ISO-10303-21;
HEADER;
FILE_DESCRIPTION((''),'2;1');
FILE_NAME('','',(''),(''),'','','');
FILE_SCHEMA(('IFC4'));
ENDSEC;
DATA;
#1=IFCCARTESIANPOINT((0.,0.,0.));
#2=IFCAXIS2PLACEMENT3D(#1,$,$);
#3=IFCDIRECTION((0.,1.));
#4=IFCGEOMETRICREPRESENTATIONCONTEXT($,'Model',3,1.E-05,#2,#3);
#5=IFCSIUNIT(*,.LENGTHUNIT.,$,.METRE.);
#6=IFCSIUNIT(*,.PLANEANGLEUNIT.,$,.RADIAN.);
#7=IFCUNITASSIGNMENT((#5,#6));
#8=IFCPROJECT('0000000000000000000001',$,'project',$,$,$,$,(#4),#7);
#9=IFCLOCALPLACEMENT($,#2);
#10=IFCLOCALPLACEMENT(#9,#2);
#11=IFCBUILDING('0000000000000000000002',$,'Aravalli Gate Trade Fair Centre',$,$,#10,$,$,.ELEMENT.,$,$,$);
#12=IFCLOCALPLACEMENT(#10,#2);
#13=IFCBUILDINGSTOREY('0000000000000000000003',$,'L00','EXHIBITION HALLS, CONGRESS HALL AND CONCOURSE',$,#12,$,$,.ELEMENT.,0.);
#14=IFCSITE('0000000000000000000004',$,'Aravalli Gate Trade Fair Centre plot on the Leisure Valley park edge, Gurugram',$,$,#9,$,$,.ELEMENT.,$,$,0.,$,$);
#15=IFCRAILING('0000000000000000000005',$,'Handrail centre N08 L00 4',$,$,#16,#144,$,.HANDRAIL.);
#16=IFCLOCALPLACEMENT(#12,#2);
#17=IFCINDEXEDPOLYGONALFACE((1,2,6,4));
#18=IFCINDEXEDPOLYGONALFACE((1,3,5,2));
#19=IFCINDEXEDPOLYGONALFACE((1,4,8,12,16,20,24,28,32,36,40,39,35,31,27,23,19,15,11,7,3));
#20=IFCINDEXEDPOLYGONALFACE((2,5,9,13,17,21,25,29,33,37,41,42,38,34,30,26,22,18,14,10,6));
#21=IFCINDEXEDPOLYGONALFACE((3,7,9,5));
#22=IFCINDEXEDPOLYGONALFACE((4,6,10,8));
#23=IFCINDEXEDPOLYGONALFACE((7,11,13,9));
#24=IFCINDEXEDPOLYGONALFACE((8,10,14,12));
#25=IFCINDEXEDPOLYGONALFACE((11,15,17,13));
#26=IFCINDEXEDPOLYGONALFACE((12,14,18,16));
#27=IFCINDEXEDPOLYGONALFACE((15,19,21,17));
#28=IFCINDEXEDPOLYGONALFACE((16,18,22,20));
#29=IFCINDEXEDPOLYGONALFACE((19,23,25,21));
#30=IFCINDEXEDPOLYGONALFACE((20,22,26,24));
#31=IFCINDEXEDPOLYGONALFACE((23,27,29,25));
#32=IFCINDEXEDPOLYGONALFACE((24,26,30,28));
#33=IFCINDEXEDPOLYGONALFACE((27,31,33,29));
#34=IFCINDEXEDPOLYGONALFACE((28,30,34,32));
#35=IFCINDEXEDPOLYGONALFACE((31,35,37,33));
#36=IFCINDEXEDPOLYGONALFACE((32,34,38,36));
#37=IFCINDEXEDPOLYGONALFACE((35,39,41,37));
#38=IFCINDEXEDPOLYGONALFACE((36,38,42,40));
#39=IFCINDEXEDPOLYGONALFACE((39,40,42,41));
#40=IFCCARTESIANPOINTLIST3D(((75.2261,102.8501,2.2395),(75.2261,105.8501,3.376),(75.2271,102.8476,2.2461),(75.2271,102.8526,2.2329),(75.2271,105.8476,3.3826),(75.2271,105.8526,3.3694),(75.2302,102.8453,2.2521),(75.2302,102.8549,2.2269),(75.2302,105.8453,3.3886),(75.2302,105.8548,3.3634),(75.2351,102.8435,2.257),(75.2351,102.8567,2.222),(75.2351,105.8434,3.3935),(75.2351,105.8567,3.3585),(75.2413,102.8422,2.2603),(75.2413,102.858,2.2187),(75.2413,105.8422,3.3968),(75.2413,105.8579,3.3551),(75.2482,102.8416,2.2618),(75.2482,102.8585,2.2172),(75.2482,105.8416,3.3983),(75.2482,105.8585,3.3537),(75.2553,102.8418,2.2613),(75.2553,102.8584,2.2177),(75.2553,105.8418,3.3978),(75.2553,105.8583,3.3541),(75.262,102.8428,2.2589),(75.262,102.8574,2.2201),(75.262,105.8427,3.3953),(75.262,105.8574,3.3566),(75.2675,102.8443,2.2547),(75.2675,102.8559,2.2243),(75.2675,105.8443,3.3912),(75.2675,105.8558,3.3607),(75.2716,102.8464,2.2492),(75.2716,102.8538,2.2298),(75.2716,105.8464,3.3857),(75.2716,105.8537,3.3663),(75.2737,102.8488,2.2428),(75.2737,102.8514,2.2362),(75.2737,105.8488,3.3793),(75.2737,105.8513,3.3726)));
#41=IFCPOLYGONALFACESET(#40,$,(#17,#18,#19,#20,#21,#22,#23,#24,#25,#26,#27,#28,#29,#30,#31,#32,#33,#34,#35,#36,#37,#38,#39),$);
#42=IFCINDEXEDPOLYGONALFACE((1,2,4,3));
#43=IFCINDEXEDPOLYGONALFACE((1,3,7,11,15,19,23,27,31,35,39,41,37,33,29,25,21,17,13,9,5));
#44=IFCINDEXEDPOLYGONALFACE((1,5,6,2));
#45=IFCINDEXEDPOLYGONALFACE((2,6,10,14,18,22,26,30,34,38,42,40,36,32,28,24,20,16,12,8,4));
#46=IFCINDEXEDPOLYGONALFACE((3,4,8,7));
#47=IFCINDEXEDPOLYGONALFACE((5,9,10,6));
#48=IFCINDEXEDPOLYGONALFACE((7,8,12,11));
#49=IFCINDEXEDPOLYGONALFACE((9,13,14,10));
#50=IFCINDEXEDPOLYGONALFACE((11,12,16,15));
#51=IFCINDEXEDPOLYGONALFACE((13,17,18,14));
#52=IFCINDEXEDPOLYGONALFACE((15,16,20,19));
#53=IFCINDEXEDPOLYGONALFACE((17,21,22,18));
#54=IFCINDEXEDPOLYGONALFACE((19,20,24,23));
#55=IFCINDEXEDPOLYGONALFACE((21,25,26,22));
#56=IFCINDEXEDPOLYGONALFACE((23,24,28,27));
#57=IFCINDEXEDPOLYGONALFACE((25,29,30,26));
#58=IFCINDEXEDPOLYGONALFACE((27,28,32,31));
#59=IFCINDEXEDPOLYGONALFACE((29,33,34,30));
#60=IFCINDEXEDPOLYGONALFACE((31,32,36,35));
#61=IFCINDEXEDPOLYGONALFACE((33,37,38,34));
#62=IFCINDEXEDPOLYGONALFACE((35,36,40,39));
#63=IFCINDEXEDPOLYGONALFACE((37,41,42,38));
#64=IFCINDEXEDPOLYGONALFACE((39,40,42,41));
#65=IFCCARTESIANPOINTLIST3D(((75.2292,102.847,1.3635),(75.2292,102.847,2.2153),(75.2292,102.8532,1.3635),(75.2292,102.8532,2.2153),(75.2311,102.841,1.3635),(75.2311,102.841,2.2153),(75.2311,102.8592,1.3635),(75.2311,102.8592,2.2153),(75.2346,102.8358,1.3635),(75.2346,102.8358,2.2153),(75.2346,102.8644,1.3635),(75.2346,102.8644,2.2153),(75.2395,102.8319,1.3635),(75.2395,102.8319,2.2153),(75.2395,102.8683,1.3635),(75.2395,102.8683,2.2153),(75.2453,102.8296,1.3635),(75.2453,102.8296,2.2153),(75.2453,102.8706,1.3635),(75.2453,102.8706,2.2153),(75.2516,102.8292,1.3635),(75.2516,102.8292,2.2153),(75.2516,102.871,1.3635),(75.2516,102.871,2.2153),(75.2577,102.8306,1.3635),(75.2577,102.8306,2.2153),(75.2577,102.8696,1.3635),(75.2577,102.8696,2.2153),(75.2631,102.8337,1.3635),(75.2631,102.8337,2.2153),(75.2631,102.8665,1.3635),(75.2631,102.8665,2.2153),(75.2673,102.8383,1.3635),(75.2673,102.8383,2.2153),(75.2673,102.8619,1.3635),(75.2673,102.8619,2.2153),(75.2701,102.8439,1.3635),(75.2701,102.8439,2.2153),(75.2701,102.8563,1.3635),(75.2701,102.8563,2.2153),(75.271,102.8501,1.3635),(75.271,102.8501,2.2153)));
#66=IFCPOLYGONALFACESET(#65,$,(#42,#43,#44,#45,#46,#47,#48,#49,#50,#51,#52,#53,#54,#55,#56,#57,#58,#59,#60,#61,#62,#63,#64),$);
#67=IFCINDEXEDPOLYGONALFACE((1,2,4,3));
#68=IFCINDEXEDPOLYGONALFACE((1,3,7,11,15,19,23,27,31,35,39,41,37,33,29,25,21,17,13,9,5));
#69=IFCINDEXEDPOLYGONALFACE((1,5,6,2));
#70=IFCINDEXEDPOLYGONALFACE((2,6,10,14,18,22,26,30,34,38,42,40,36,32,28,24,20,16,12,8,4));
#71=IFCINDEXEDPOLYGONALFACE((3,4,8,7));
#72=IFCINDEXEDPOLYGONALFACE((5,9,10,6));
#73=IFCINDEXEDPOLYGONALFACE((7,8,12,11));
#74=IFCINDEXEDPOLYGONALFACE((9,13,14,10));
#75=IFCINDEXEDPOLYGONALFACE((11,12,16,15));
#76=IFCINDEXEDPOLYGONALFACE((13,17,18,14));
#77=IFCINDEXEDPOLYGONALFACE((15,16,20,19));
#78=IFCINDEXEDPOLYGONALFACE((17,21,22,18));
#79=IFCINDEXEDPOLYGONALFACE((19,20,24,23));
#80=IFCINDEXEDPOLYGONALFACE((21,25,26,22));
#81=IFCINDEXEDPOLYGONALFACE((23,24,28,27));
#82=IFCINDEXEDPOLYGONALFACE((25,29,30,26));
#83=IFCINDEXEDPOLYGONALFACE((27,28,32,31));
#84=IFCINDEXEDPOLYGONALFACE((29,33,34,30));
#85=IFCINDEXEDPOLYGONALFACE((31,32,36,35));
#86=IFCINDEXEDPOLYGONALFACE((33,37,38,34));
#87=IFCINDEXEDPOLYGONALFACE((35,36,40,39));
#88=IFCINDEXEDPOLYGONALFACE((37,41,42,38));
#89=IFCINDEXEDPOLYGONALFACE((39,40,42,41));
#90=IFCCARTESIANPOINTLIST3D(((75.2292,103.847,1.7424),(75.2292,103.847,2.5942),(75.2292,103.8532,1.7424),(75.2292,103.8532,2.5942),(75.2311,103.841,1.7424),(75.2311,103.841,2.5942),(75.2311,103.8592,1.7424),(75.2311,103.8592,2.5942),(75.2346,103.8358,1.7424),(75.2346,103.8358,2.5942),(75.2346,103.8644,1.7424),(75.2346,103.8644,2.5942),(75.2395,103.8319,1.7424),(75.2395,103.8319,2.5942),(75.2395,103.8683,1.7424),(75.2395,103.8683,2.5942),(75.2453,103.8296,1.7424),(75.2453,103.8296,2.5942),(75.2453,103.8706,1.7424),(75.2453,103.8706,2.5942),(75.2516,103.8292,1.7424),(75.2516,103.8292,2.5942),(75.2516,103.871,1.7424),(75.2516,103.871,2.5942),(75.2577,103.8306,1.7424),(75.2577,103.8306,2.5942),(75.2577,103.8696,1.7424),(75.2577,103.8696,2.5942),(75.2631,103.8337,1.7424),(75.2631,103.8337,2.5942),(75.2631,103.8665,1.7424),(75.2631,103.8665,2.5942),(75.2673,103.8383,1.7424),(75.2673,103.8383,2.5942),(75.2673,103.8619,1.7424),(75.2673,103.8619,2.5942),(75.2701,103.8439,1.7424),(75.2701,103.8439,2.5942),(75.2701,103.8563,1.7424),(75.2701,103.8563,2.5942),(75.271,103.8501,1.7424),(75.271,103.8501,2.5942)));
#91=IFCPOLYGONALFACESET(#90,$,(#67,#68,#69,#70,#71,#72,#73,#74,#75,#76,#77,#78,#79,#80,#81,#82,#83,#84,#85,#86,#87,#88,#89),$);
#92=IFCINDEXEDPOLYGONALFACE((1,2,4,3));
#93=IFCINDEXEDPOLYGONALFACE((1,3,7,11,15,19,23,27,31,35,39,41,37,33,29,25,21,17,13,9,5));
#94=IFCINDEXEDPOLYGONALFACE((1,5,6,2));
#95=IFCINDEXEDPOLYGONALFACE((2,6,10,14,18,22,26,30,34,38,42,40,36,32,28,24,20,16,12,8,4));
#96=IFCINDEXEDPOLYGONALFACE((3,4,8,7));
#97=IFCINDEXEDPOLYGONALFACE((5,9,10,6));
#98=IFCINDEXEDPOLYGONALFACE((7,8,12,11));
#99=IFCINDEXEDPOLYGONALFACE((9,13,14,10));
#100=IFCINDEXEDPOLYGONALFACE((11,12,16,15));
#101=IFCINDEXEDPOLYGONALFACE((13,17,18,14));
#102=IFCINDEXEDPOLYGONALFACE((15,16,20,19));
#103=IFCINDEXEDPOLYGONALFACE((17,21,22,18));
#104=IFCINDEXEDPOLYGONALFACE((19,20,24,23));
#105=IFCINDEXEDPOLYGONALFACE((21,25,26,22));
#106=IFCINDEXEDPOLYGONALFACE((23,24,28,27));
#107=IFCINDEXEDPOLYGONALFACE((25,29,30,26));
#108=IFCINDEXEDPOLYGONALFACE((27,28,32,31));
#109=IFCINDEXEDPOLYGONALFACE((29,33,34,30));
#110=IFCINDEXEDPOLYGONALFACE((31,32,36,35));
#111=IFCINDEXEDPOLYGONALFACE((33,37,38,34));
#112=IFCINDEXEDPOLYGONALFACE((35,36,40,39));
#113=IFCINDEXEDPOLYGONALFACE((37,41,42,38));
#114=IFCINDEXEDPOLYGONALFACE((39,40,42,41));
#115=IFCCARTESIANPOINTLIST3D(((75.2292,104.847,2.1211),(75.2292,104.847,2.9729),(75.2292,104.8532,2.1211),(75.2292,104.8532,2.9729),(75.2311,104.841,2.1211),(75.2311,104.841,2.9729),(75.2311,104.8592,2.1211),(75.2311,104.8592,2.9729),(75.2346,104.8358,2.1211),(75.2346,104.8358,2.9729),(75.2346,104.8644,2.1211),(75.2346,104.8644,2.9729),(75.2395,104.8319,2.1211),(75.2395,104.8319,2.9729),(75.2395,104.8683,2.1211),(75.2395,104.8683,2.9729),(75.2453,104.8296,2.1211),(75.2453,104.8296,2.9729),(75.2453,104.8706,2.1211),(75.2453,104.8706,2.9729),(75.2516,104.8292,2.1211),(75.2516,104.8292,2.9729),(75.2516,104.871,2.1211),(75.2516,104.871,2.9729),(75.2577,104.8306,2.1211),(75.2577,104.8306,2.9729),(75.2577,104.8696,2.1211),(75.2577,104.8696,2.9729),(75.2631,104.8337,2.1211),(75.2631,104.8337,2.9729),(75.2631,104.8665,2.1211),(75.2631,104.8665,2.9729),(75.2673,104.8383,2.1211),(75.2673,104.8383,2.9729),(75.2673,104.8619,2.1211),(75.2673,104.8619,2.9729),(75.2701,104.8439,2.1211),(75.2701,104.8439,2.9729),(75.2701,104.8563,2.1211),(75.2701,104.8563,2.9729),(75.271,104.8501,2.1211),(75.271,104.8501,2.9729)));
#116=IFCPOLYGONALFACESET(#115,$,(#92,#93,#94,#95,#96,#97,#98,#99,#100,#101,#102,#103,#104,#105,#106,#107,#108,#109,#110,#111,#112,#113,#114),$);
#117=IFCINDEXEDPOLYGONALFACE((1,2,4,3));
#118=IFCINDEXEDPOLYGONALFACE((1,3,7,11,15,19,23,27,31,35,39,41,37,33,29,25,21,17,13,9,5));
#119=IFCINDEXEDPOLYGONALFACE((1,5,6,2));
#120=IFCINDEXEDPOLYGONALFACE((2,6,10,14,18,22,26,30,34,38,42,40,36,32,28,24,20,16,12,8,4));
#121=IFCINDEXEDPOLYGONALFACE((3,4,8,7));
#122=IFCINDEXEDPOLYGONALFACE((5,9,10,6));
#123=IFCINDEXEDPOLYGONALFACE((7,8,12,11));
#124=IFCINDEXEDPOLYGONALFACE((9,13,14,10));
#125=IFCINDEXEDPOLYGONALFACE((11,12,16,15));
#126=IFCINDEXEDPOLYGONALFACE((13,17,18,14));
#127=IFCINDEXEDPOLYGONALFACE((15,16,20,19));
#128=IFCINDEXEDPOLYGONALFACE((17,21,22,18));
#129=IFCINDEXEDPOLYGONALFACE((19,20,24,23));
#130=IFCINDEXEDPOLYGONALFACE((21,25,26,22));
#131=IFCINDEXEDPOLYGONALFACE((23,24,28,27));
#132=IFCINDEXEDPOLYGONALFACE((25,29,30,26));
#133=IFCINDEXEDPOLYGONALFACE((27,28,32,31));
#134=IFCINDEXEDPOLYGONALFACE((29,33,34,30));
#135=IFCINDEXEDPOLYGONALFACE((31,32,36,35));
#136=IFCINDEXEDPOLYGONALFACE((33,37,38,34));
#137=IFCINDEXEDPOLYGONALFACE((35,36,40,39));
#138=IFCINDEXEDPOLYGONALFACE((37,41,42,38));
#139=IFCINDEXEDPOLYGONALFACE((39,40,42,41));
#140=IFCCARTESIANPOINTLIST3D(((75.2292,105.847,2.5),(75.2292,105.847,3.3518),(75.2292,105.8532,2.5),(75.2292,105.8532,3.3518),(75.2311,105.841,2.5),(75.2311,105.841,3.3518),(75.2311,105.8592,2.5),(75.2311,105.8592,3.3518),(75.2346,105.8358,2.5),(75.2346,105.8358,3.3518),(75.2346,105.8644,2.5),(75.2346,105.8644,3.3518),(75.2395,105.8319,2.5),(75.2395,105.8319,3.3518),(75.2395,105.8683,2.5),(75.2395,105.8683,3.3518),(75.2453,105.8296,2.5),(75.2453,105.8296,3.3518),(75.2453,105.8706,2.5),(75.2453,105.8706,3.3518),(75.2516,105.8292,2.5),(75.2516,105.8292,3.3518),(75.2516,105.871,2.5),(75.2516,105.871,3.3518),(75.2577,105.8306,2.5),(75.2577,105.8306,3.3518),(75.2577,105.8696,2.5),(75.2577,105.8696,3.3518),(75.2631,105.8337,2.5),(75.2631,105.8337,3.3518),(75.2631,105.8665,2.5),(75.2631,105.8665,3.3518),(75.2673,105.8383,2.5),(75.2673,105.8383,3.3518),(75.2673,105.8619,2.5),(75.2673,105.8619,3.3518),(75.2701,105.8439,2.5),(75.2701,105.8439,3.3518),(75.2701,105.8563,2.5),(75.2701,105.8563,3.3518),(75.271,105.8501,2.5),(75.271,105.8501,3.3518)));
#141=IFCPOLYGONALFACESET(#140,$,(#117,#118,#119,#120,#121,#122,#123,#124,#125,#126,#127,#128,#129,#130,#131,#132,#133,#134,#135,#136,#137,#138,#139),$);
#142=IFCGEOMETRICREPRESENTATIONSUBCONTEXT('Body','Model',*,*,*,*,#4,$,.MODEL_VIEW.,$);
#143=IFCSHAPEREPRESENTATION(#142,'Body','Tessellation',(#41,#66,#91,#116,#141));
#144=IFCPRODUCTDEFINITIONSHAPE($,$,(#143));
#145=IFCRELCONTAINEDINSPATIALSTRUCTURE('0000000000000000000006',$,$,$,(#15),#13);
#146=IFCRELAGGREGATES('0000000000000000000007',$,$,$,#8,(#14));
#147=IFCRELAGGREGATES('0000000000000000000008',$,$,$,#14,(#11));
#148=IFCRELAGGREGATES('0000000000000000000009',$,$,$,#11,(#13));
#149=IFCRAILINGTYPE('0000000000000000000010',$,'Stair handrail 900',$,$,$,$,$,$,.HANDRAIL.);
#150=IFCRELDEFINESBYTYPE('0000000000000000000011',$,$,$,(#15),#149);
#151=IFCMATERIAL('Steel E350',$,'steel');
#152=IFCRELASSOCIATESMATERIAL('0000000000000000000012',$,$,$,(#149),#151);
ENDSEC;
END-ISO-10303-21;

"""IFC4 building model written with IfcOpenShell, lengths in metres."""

from ifc_helpers import new_model, si_unit, direction, frame, origin, origin_2d, place, context, subcontext, project, spatial, circle, extrude, material, type_object, element, save


model = new_model("IFC4")

# Units and contexts
model_context = context("Model", 3, precision=1e-05, world=origin(), true_north=direction((0.0, 1.0)))
body_context = subcontext(model_context, "Body", "Model", "MODEL_VIEW")
ifc_project = project(units=[si_unit("LENGTHUNIT", "METRE"), si_unit("PLANEANGLEUNIT", "RADIAN")], contexts=[model_context])

# Site, building, storey
site_placement = place(None, origin())
site = spatial("IfcSite", under=ifc_project, at=site_placement, Name="Aravalli Gate Trade Fair Centre plot on the Leisure Valley park edge, Gurugram", CompositionType="ELEMENT", RefElevation=0.0)
building_placement = place(site_placement, origin())
building = spatial("IfcBuilding", under=site, at=building_placement, Name="Aravalli Gate Trade Fair Centre", CompositionType="ELEMENT")
storey_placement = place(building_placement, origin())
storey = spatial("IfcBuildingStorey", under=building, at=storey_placement, Name="L00", Description="EXHIBITION HALLS, CONGRESS HALL AND CONCOURSE", CompositionType="ELEMENT", Elevation=0.0)

# Railing
ifc_material_1 = material(Name="Steel E350", Category="steel")
railing_type = type_object("IfcRailingType", Name="Stair handrail 900", PredefinedType="HANDRAIL", material=ifc_material_1)
for number, where, name in (
    (1, (75.25, 102.8501, 1.3635), "Handrail centre N08 L00 4"),
):
    element("IfcRailing", number, at=place(storey_placement, frame(where)), inside=storey, type_object=railing_type, Name=name, PredefinedType="HANDRAIL", context=body_context, shape_type="SweptSolid", body=[
        extrude(circle(Radius=0.0239, at=origin_2d()), frame((0.0, 0.0, 0.876), z_axis=(0.0, 0.935148, 0.354257), x_axis=(-1.0, 0.0, 0.0)), (0.0, 0.0, 1.0), 3.208),
        extrude(circle(Radius=0.021, at=origin_2d()), origin(), (0.0, 0.0, 1.0), 0.8518),
        extrude(circle(Radius=0.021, at=origin_2d()), frame((0.0, 1.0, 0.3789)), (0.0, 0.0, 1.0), 0.8518),
        extrude(circle(Radius=0.021, at=origin_2d()), frame((0.0, 2.0, 0.7576)), (0.0, 0.0, 1.0), 0.8518),
        extrude(circle(Radius=0.021, at=origin_2d()), frame((0.0, 3.0, 1.1365)), (0.0, 0.0, 1.0), 0.8518),
    ])

save(model, "model.ifc")
